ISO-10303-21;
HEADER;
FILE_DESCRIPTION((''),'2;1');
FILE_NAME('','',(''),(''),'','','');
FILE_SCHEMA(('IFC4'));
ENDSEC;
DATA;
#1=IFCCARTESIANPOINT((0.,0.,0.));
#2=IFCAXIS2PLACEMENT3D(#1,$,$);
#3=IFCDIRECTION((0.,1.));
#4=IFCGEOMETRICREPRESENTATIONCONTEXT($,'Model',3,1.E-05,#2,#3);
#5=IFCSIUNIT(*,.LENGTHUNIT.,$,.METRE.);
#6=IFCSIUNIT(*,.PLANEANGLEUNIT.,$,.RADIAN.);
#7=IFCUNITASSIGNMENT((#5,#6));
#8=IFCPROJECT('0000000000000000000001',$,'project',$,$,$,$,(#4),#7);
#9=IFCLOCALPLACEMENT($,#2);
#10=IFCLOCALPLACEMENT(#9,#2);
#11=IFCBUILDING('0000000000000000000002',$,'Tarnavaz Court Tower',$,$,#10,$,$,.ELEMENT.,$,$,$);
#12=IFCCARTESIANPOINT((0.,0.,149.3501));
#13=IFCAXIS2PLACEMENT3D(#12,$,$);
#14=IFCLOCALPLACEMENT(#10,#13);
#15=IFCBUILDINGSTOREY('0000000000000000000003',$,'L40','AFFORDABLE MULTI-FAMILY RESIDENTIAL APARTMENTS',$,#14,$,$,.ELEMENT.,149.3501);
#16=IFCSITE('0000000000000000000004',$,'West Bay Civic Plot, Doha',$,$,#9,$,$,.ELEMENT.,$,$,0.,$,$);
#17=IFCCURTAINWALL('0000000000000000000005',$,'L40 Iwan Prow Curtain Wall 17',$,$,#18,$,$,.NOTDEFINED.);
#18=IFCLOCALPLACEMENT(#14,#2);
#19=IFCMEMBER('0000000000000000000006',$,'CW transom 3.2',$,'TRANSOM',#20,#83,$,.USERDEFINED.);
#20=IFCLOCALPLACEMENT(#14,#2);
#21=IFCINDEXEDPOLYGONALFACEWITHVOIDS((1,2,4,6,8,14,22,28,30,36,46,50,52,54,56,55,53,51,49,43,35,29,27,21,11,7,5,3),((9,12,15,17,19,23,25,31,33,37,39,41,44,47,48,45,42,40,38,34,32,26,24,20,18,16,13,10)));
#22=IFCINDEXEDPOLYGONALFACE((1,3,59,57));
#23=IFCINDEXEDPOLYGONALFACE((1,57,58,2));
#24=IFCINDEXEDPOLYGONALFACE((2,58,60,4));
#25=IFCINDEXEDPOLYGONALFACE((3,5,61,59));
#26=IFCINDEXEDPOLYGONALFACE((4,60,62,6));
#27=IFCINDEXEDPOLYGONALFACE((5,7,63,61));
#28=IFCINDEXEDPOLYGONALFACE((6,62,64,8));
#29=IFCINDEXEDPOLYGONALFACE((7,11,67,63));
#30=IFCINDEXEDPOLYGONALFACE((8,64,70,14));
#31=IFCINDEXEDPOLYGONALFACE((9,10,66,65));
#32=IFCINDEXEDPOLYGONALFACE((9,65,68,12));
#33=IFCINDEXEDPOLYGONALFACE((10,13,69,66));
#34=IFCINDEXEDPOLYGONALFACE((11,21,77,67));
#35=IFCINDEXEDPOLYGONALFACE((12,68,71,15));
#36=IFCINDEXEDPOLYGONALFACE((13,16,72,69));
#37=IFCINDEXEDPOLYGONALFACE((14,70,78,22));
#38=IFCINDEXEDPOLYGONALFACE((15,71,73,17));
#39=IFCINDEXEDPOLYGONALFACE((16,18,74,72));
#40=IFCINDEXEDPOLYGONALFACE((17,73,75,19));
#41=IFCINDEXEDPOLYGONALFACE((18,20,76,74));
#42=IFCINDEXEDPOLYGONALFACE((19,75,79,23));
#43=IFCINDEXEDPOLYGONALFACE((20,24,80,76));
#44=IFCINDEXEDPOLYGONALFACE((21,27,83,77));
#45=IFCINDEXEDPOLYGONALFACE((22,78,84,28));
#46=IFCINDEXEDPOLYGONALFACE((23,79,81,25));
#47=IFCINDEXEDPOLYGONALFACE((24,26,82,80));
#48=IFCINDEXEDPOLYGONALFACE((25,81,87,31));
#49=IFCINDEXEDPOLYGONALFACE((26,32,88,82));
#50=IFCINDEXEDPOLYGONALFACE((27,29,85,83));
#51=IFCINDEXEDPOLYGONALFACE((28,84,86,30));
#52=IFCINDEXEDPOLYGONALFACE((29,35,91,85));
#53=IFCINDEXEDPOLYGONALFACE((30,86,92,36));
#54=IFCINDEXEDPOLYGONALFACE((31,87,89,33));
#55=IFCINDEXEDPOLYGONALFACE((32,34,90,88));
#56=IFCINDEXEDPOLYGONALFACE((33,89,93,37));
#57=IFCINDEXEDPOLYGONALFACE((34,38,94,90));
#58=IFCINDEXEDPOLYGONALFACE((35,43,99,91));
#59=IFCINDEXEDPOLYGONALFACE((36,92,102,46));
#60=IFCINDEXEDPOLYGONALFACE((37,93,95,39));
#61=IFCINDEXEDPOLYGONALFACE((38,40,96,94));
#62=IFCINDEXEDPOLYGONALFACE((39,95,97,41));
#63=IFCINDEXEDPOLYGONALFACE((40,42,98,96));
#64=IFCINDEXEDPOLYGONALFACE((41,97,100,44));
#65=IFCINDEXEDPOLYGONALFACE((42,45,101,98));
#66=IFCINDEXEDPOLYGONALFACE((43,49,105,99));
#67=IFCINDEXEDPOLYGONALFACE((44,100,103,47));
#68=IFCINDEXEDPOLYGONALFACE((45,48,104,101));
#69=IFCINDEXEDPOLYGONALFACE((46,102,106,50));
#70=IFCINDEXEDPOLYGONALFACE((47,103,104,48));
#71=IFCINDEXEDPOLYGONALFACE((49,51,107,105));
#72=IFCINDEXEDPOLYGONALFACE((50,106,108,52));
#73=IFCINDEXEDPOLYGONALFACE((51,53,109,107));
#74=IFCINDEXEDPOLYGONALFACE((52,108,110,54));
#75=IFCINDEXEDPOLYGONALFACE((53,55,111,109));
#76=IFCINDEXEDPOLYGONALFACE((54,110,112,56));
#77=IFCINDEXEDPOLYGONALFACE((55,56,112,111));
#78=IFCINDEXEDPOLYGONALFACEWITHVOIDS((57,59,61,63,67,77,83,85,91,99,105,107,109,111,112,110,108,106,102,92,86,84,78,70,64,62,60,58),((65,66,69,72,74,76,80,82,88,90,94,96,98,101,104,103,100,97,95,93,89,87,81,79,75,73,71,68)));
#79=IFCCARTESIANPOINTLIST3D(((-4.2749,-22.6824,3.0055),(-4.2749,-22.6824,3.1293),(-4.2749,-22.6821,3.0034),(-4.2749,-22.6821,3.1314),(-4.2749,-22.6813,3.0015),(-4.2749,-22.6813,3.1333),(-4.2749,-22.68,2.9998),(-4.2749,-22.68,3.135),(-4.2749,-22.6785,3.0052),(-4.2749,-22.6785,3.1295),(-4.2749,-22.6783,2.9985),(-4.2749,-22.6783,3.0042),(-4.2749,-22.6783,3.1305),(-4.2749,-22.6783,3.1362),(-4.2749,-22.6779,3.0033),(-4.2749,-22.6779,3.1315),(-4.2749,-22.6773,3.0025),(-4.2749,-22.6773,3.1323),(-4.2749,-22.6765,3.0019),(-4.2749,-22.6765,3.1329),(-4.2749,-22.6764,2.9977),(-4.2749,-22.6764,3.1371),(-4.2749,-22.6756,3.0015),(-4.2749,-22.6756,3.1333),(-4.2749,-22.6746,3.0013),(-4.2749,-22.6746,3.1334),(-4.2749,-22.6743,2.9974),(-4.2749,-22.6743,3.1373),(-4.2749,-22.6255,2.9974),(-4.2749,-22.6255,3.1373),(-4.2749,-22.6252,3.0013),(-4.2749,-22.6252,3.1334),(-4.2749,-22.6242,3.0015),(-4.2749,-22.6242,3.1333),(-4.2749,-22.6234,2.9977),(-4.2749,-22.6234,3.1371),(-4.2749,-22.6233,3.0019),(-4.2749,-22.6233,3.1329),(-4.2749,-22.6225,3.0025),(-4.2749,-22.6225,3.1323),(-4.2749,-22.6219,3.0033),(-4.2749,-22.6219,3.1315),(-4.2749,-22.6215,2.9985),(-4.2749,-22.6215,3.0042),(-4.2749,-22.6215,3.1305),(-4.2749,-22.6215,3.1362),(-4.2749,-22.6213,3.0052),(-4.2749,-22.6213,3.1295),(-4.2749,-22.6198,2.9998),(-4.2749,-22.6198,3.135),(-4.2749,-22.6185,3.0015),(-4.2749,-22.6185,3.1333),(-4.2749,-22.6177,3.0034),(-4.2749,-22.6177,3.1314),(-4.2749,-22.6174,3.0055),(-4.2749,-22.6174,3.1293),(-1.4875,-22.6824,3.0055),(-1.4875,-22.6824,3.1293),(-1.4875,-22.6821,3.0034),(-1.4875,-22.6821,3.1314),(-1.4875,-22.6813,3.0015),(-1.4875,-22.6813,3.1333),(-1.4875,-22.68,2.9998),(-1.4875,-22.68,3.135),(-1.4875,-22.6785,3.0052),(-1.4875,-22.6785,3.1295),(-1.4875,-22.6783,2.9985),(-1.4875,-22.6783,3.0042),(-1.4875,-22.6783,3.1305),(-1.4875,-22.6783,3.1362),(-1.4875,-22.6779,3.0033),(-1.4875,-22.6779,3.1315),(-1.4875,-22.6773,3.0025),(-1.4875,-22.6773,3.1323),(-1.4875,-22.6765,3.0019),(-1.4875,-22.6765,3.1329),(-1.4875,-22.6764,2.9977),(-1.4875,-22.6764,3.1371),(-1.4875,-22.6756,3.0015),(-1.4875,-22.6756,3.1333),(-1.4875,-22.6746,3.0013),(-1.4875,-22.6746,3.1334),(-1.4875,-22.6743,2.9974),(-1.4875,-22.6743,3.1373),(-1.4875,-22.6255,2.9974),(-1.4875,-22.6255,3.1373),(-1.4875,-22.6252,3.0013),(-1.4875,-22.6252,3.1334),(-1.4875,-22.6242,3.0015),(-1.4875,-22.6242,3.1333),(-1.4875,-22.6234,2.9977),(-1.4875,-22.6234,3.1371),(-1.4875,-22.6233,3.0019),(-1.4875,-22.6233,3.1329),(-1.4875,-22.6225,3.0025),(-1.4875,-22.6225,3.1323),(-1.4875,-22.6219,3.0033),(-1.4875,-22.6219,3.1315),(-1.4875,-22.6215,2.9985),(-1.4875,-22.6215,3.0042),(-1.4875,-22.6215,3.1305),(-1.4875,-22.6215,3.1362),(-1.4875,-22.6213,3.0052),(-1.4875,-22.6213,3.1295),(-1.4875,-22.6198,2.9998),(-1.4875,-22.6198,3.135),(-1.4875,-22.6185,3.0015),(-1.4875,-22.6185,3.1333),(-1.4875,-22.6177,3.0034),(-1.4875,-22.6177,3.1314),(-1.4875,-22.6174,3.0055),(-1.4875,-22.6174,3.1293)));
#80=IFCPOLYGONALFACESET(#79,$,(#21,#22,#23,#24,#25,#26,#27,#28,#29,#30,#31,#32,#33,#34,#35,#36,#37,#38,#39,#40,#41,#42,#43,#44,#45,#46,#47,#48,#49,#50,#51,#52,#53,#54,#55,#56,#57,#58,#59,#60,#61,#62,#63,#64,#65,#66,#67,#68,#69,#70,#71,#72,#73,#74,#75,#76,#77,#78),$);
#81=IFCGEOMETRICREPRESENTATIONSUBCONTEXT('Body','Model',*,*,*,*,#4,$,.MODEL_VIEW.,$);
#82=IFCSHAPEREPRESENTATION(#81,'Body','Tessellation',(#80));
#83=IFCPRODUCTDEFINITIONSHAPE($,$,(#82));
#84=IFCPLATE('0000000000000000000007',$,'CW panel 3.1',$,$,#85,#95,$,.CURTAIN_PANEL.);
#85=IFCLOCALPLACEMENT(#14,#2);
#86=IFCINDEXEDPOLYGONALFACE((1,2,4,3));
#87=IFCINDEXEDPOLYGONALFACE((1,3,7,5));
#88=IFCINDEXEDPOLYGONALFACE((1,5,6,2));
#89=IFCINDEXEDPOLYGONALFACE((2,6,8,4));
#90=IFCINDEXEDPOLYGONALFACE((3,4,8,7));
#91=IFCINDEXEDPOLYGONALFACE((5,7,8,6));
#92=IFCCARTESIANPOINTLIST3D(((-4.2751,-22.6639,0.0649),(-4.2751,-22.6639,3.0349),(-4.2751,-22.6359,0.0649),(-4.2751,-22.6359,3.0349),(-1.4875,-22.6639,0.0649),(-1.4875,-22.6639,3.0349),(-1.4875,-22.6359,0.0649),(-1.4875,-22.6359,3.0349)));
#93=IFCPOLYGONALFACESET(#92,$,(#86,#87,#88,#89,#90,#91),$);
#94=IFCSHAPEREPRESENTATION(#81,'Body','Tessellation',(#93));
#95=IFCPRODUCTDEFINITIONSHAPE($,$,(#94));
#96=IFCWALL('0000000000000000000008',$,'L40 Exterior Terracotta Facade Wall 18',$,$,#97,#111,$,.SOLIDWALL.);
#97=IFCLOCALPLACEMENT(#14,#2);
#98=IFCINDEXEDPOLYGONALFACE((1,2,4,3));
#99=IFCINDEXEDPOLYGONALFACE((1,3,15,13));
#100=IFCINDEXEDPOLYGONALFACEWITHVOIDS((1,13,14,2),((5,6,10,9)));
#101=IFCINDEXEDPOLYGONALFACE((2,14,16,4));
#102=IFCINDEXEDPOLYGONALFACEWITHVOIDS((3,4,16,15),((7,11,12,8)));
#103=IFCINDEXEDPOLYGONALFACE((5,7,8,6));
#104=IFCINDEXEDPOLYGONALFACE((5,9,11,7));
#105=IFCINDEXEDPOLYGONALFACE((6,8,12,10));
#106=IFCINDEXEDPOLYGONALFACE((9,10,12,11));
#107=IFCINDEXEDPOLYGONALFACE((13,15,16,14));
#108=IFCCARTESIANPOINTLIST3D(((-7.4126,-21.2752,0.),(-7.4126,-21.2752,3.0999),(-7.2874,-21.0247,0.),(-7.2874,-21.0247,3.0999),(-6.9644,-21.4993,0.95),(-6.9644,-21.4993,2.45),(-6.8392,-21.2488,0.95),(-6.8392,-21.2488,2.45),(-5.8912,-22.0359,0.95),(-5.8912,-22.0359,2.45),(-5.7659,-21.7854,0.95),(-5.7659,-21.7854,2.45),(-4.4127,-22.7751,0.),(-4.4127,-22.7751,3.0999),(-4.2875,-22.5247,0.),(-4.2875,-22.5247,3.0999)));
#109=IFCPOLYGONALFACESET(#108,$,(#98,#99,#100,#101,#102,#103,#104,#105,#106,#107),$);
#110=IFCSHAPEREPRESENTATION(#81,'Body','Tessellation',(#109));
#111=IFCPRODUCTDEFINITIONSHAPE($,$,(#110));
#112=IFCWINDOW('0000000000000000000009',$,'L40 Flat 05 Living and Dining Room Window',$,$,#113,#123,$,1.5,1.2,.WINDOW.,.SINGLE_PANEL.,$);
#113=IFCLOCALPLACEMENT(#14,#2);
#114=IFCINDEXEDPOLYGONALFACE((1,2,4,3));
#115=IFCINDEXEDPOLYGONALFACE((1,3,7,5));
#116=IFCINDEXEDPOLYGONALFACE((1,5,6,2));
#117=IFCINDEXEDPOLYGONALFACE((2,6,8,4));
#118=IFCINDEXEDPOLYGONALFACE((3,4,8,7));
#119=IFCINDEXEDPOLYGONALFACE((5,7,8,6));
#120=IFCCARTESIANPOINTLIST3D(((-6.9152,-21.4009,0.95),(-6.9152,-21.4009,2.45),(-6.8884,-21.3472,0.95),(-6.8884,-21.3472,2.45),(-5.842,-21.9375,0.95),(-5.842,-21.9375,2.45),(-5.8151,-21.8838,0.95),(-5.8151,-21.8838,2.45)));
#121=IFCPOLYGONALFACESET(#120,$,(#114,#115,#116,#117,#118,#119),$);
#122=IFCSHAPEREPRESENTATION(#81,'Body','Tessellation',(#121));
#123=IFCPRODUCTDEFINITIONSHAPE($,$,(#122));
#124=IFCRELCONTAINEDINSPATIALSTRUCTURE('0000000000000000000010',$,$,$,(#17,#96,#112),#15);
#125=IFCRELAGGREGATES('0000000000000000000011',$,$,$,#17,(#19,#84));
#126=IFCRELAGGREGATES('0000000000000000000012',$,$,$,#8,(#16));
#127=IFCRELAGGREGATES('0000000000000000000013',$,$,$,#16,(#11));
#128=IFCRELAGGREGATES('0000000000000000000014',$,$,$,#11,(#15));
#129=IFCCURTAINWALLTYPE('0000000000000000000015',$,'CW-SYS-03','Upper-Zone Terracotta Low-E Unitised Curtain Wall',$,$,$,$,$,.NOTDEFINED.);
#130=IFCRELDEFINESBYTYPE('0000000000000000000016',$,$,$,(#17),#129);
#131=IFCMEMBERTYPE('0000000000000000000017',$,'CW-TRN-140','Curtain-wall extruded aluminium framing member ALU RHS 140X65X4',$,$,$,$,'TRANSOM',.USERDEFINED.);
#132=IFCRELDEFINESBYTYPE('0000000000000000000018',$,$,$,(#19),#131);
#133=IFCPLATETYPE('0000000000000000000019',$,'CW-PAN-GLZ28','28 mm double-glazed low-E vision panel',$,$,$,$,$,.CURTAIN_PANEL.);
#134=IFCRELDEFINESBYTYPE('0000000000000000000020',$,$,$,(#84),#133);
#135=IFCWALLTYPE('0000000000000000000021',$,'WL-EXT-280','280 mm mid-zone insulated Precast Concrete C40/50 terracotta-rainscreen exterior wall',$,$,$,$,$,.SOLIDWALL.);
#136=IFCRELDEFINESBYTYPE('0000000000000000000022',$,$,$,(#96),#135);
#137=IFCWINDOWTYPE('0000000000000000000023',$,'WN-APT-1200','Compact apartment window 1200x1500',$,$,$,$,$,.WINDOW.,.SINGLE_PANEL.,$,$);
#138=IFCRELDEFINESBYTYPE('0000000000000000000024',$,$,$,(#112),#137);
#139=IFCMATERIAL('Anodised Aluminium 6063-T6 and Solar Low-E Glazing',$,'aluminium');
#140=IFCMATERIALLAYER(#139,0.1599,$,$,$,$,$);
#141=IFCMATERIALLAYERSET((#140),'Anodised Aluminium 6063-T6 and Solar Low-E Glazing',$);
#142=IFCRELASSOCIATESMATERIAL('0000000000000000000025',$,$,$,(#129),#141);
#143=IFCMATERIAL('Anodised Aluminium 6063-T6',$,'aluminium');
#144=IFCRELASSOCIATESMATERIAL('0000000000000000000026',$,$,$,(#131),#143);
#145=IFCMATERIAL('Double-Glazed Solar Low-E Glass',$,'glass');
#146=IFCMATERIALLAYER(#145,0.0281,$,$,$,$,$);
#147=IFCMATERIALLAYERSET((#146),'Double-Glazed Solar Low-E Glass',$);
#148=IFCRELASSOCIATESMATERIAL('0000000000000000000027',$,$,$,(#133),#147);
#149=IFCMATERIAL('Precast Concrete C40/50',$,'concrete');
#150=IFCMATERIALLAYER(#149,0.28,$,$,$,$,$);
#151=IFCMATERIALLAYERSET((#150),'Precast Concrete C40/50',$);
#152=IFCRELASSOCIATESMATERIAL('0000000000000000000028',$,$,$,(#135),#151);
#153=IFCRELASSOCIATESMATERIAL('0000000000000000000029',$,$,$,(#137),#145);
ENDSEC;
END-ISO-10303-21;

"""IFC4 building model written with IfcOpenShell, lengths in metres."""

from ifc_helpers import new_model, si_unit, direction, frame, frame_2d, origin, origin_2d, place, context, subcontext, project, spatial, rectangle, hollow_rectangle, extrude, material, layer, layer_set, material_profile, profile_set, type_object, element, fill, aggregate, save


model = new_model("IFC4")

# Units and contexts
model_context = context("Model", 3, precision=1e-05, world=origin(), true_north=direction((0.0, 1.0)))
body_context = subcontext(model_context, "Body", "Model", "MODEL_VIEW")
ifc_project = project(units=[si_unit("LENGTHUNIT", "METRE"), si_unit("PLANEANGLEUNIT", "RADIAN")], contexts=[model_context])

# Site, building, storey
site_placement = place(None, origin())
site = spatial("IfcSite", under=ifc_project, at=site_placement, Name="West Bay Civic Plot, Doha", CompositionType="ELEMENT", RefElevation=0.0)
building_placement = place(site_placement, origin())
building = spatial("IfcBuilding", under=site, at=building_placement, Name="Tarnavaz Court Tower", CompositionType="ELEMENT")
storey_placement = place(building_placement, frame((0.0, 0.0, 149.3501)))
storey = spatial("IfcBuildingStorey", under=building, at=storey_placement, Name="L40", Description="AFFORDABLE MULTI-FAMILY RESIDENTIAL APARTMENTS", CompositionType="ELEMENT", Elevation=149.3501)

# Curtain wall, member, plate
ifc_material_1 = material(Name="Anodised Aluminium 6063-T6 and Solar Low-E Glazing", Category="aluminium")
ifc_layer_1 = layer(ifc_material_1, 0.1599)
ifc_layer_set_1 = layer_set([ifc_layer_1], Name="Anodised Aluminium 6063-T6 and Solar Low-E Glazing")
curtain_wall_type = type_object("IfcCurtainWallType", Name="CW-SYS-03", Description="Upper-Zone Terracotta Low-E Unitised Curtain Wall", PredefinedType="NOTDEFINED", material=ifc_layer_set_1)
curtain_wall_placement = place(storey_placement, origin())
curtain_wall = element("IfcCurtainWall", 1, at=curtain_wall_placement, inside=storey, type_object=curtain_wall_type, Name="L40 Iwan Prow Curtain Wall 17", PredefinedType="NOTDEFINED")
ifc_material_2 = material(Name="Anodised Aluminium 6063-T6", Category="aluminium")
ifc_material_profile_1 = material_profile(ifc_material_2, hollow_rectangle(XDim=0.0649, YDim=0.1399, WallThickness=0.0039, InnerFilletRadius=0.0039, OuterFilletRadius=0.0081, at=origin_2d()), Name="ALU RHS 140X65X4")
ifc_profile_set_1 = profile_set([ifc_material_profile_1], Name="Anodised Aluminium 6063-T6")
member_type_1 = type_object("IfcMemberType", Name="CW-TRN-140", Description="Curtain-wall extruded aluminium framing member ALU RHS 140X65X4", ElementType="TRANSOM", PredefinedType="USERDEFINED", material=ifc_profile_set_1)
member_1_placement = place(storey_placement, frame((-1.4875, -22.6499, 3.0674), z_axis=(-1.0, 0.0, 0.0), x_axis=(0.0, -1.0, 0.0)))
member_1 = element("IfcMember", 2, at=member_1_placement, type_object=member_type_1, Name="CW transom 3.2", ObjectType="TRANSOM", PredefinedType="USERDEFINED", context=body_context, shape_type="SweptSolid", body=[
    extrude(hollow_rectangle(XDim=0.0649, YDim=0.1399, WallThickness=0.0039, InnerFilletRadius=0.0039, OuterFilletRadius=0.0081, at=origin_2d()), origin(), (0.0, 0.0, 1.0), 2.7874),
])
ifc_material_3 = material(Name="Double-Glazed Solar Low-E Glass", Category="glass")
ifc_layer_2 = layer(ifc_material_3, 0.0281)
ifc_layer_set_2 = layer_set([ifc_layer_2], Name="Double-Glazed Solar Low-E Glass")
plate_type = type_object("IfcPlateType", Name="CW-PAN-GLZ28", Description="28 mm double-glazed low-E vision panel", PredefinedType="CURTAIN_PANEL", material=ifc_layer_set_2)
plate_placement = place(storey_placement, frame((-2.8813, -22.6499, 0.0649), z_axis=(0.0, 0.0, 1.0), x_axis=(-1.0, 0.0, 0.0)))
plate = element("IfcPlate", 3, at=plate_placement, type_object=plate_type, Name="CW panel 3.1", PredefinedType="CURTAIN_PANEL", context=body_context, shape_type="SweptSolid", body=[
    extrude(rectangle(XDim=2.7876, YDim=0.0281, at=origin_2d()), origin(), (0.0, 0.0, 1.0), 2.97),
])
aggregate(curtain_wall, [member_1, plate])

# Wall, opening, window
ifc_material_4 = material(Name="Precast Concrete C40/50", Category="concrete")
ifc_layer_3 = layer(ifc_material_4, 0.28)
ifc_layer_set_3 = layer_set([ifc_layer_3], Name="Precast Concrete C40/50")
wall_type_1 = type_object("IfcWallType", Name="WL-EXT-280", Description="280 mm mid-zone insulated Precast Concrete C40/50 terracotta-rainscreen exterior wall", PredefinedType="SOLIDWALL", material=ifc_layer_set_3)
wall_1_placement = place(storey_placement, frame((-4.3501, -22.6499, 0.0), z_axis=(0.0, 0.0, 1.0), x_axis=(-0.894427, 0.447214, 0.0)))
wall_1 = element("IfcWall", 4, at=wall_1_placement, inside=storey, type_object=wall_type_1, Name="L40 Exterior Terracotta Facade Wall 18", PredefinedType="SOLIDWALL", context=body_context, shape_type="SweptSolid", body=[
    extrude(rectangle(XDim=3.354, YDim=0.28, at=frame_2d((1.677, 0.0))), origin(), (0.0, 0.0, 1.0), 3.0999),
])
opening_1_placement = place(wall_1_placement, frame((1.6528, 0.0, 0.95)))
opening_1 = element("IfcOpeningElement", 5, at=opening_1_placement, cuts=wall_1, PredefinedType="OPENING", context=body_context, shape_type="SweptSolid", body=[
    extrude(rectangle(XDim=1.2, YDim=1.5, at=frame_2d((0.6001, 0.75))), frame((0.0, 0.1499, 0.0), z_axis=(0.0, -1.0, 0.0), x_axis=(1.0, 0.0, 0.0)), (0.0, 0.0, 1.0), 0.3),
])
window_type_1 = type_object("IfcWindowType", Name="WN-APT-1200", Description="Compact apartment window 1200x1500", PartitioningType="SINGLE_PANEL", PredefinedType="WINDOW", material=ifc_material_3)
window_1_placement = place(opening_1_placement, origin())
window_1 = element("IfcWindow", 6, at=window_1_placement, inside=storey, type_object=window_type_1, Name="L40 Flat 05 Living and Dining Room Window", OverallHeight=1.5, OverallWidth=1.2, PartitioningType="SINGLE_PANEL", PredefinedType="WINDOW", context=body_context, shape_type="SweptSolid", body=[
    extrude(rectangle(XDim=1.2, YDim=1.5, at=frame_2d((0.6001, 0.75))), frame((0.0, 0.03, 0.0), z_axis=(0.0, -1.0, 0.0), x_axis=(1.0, 0.0, 0.0)), (0.0, 0.0, 1.0), 0.0601),
])
fill(opening_1, window_1)

save(model, "model.ifc")
